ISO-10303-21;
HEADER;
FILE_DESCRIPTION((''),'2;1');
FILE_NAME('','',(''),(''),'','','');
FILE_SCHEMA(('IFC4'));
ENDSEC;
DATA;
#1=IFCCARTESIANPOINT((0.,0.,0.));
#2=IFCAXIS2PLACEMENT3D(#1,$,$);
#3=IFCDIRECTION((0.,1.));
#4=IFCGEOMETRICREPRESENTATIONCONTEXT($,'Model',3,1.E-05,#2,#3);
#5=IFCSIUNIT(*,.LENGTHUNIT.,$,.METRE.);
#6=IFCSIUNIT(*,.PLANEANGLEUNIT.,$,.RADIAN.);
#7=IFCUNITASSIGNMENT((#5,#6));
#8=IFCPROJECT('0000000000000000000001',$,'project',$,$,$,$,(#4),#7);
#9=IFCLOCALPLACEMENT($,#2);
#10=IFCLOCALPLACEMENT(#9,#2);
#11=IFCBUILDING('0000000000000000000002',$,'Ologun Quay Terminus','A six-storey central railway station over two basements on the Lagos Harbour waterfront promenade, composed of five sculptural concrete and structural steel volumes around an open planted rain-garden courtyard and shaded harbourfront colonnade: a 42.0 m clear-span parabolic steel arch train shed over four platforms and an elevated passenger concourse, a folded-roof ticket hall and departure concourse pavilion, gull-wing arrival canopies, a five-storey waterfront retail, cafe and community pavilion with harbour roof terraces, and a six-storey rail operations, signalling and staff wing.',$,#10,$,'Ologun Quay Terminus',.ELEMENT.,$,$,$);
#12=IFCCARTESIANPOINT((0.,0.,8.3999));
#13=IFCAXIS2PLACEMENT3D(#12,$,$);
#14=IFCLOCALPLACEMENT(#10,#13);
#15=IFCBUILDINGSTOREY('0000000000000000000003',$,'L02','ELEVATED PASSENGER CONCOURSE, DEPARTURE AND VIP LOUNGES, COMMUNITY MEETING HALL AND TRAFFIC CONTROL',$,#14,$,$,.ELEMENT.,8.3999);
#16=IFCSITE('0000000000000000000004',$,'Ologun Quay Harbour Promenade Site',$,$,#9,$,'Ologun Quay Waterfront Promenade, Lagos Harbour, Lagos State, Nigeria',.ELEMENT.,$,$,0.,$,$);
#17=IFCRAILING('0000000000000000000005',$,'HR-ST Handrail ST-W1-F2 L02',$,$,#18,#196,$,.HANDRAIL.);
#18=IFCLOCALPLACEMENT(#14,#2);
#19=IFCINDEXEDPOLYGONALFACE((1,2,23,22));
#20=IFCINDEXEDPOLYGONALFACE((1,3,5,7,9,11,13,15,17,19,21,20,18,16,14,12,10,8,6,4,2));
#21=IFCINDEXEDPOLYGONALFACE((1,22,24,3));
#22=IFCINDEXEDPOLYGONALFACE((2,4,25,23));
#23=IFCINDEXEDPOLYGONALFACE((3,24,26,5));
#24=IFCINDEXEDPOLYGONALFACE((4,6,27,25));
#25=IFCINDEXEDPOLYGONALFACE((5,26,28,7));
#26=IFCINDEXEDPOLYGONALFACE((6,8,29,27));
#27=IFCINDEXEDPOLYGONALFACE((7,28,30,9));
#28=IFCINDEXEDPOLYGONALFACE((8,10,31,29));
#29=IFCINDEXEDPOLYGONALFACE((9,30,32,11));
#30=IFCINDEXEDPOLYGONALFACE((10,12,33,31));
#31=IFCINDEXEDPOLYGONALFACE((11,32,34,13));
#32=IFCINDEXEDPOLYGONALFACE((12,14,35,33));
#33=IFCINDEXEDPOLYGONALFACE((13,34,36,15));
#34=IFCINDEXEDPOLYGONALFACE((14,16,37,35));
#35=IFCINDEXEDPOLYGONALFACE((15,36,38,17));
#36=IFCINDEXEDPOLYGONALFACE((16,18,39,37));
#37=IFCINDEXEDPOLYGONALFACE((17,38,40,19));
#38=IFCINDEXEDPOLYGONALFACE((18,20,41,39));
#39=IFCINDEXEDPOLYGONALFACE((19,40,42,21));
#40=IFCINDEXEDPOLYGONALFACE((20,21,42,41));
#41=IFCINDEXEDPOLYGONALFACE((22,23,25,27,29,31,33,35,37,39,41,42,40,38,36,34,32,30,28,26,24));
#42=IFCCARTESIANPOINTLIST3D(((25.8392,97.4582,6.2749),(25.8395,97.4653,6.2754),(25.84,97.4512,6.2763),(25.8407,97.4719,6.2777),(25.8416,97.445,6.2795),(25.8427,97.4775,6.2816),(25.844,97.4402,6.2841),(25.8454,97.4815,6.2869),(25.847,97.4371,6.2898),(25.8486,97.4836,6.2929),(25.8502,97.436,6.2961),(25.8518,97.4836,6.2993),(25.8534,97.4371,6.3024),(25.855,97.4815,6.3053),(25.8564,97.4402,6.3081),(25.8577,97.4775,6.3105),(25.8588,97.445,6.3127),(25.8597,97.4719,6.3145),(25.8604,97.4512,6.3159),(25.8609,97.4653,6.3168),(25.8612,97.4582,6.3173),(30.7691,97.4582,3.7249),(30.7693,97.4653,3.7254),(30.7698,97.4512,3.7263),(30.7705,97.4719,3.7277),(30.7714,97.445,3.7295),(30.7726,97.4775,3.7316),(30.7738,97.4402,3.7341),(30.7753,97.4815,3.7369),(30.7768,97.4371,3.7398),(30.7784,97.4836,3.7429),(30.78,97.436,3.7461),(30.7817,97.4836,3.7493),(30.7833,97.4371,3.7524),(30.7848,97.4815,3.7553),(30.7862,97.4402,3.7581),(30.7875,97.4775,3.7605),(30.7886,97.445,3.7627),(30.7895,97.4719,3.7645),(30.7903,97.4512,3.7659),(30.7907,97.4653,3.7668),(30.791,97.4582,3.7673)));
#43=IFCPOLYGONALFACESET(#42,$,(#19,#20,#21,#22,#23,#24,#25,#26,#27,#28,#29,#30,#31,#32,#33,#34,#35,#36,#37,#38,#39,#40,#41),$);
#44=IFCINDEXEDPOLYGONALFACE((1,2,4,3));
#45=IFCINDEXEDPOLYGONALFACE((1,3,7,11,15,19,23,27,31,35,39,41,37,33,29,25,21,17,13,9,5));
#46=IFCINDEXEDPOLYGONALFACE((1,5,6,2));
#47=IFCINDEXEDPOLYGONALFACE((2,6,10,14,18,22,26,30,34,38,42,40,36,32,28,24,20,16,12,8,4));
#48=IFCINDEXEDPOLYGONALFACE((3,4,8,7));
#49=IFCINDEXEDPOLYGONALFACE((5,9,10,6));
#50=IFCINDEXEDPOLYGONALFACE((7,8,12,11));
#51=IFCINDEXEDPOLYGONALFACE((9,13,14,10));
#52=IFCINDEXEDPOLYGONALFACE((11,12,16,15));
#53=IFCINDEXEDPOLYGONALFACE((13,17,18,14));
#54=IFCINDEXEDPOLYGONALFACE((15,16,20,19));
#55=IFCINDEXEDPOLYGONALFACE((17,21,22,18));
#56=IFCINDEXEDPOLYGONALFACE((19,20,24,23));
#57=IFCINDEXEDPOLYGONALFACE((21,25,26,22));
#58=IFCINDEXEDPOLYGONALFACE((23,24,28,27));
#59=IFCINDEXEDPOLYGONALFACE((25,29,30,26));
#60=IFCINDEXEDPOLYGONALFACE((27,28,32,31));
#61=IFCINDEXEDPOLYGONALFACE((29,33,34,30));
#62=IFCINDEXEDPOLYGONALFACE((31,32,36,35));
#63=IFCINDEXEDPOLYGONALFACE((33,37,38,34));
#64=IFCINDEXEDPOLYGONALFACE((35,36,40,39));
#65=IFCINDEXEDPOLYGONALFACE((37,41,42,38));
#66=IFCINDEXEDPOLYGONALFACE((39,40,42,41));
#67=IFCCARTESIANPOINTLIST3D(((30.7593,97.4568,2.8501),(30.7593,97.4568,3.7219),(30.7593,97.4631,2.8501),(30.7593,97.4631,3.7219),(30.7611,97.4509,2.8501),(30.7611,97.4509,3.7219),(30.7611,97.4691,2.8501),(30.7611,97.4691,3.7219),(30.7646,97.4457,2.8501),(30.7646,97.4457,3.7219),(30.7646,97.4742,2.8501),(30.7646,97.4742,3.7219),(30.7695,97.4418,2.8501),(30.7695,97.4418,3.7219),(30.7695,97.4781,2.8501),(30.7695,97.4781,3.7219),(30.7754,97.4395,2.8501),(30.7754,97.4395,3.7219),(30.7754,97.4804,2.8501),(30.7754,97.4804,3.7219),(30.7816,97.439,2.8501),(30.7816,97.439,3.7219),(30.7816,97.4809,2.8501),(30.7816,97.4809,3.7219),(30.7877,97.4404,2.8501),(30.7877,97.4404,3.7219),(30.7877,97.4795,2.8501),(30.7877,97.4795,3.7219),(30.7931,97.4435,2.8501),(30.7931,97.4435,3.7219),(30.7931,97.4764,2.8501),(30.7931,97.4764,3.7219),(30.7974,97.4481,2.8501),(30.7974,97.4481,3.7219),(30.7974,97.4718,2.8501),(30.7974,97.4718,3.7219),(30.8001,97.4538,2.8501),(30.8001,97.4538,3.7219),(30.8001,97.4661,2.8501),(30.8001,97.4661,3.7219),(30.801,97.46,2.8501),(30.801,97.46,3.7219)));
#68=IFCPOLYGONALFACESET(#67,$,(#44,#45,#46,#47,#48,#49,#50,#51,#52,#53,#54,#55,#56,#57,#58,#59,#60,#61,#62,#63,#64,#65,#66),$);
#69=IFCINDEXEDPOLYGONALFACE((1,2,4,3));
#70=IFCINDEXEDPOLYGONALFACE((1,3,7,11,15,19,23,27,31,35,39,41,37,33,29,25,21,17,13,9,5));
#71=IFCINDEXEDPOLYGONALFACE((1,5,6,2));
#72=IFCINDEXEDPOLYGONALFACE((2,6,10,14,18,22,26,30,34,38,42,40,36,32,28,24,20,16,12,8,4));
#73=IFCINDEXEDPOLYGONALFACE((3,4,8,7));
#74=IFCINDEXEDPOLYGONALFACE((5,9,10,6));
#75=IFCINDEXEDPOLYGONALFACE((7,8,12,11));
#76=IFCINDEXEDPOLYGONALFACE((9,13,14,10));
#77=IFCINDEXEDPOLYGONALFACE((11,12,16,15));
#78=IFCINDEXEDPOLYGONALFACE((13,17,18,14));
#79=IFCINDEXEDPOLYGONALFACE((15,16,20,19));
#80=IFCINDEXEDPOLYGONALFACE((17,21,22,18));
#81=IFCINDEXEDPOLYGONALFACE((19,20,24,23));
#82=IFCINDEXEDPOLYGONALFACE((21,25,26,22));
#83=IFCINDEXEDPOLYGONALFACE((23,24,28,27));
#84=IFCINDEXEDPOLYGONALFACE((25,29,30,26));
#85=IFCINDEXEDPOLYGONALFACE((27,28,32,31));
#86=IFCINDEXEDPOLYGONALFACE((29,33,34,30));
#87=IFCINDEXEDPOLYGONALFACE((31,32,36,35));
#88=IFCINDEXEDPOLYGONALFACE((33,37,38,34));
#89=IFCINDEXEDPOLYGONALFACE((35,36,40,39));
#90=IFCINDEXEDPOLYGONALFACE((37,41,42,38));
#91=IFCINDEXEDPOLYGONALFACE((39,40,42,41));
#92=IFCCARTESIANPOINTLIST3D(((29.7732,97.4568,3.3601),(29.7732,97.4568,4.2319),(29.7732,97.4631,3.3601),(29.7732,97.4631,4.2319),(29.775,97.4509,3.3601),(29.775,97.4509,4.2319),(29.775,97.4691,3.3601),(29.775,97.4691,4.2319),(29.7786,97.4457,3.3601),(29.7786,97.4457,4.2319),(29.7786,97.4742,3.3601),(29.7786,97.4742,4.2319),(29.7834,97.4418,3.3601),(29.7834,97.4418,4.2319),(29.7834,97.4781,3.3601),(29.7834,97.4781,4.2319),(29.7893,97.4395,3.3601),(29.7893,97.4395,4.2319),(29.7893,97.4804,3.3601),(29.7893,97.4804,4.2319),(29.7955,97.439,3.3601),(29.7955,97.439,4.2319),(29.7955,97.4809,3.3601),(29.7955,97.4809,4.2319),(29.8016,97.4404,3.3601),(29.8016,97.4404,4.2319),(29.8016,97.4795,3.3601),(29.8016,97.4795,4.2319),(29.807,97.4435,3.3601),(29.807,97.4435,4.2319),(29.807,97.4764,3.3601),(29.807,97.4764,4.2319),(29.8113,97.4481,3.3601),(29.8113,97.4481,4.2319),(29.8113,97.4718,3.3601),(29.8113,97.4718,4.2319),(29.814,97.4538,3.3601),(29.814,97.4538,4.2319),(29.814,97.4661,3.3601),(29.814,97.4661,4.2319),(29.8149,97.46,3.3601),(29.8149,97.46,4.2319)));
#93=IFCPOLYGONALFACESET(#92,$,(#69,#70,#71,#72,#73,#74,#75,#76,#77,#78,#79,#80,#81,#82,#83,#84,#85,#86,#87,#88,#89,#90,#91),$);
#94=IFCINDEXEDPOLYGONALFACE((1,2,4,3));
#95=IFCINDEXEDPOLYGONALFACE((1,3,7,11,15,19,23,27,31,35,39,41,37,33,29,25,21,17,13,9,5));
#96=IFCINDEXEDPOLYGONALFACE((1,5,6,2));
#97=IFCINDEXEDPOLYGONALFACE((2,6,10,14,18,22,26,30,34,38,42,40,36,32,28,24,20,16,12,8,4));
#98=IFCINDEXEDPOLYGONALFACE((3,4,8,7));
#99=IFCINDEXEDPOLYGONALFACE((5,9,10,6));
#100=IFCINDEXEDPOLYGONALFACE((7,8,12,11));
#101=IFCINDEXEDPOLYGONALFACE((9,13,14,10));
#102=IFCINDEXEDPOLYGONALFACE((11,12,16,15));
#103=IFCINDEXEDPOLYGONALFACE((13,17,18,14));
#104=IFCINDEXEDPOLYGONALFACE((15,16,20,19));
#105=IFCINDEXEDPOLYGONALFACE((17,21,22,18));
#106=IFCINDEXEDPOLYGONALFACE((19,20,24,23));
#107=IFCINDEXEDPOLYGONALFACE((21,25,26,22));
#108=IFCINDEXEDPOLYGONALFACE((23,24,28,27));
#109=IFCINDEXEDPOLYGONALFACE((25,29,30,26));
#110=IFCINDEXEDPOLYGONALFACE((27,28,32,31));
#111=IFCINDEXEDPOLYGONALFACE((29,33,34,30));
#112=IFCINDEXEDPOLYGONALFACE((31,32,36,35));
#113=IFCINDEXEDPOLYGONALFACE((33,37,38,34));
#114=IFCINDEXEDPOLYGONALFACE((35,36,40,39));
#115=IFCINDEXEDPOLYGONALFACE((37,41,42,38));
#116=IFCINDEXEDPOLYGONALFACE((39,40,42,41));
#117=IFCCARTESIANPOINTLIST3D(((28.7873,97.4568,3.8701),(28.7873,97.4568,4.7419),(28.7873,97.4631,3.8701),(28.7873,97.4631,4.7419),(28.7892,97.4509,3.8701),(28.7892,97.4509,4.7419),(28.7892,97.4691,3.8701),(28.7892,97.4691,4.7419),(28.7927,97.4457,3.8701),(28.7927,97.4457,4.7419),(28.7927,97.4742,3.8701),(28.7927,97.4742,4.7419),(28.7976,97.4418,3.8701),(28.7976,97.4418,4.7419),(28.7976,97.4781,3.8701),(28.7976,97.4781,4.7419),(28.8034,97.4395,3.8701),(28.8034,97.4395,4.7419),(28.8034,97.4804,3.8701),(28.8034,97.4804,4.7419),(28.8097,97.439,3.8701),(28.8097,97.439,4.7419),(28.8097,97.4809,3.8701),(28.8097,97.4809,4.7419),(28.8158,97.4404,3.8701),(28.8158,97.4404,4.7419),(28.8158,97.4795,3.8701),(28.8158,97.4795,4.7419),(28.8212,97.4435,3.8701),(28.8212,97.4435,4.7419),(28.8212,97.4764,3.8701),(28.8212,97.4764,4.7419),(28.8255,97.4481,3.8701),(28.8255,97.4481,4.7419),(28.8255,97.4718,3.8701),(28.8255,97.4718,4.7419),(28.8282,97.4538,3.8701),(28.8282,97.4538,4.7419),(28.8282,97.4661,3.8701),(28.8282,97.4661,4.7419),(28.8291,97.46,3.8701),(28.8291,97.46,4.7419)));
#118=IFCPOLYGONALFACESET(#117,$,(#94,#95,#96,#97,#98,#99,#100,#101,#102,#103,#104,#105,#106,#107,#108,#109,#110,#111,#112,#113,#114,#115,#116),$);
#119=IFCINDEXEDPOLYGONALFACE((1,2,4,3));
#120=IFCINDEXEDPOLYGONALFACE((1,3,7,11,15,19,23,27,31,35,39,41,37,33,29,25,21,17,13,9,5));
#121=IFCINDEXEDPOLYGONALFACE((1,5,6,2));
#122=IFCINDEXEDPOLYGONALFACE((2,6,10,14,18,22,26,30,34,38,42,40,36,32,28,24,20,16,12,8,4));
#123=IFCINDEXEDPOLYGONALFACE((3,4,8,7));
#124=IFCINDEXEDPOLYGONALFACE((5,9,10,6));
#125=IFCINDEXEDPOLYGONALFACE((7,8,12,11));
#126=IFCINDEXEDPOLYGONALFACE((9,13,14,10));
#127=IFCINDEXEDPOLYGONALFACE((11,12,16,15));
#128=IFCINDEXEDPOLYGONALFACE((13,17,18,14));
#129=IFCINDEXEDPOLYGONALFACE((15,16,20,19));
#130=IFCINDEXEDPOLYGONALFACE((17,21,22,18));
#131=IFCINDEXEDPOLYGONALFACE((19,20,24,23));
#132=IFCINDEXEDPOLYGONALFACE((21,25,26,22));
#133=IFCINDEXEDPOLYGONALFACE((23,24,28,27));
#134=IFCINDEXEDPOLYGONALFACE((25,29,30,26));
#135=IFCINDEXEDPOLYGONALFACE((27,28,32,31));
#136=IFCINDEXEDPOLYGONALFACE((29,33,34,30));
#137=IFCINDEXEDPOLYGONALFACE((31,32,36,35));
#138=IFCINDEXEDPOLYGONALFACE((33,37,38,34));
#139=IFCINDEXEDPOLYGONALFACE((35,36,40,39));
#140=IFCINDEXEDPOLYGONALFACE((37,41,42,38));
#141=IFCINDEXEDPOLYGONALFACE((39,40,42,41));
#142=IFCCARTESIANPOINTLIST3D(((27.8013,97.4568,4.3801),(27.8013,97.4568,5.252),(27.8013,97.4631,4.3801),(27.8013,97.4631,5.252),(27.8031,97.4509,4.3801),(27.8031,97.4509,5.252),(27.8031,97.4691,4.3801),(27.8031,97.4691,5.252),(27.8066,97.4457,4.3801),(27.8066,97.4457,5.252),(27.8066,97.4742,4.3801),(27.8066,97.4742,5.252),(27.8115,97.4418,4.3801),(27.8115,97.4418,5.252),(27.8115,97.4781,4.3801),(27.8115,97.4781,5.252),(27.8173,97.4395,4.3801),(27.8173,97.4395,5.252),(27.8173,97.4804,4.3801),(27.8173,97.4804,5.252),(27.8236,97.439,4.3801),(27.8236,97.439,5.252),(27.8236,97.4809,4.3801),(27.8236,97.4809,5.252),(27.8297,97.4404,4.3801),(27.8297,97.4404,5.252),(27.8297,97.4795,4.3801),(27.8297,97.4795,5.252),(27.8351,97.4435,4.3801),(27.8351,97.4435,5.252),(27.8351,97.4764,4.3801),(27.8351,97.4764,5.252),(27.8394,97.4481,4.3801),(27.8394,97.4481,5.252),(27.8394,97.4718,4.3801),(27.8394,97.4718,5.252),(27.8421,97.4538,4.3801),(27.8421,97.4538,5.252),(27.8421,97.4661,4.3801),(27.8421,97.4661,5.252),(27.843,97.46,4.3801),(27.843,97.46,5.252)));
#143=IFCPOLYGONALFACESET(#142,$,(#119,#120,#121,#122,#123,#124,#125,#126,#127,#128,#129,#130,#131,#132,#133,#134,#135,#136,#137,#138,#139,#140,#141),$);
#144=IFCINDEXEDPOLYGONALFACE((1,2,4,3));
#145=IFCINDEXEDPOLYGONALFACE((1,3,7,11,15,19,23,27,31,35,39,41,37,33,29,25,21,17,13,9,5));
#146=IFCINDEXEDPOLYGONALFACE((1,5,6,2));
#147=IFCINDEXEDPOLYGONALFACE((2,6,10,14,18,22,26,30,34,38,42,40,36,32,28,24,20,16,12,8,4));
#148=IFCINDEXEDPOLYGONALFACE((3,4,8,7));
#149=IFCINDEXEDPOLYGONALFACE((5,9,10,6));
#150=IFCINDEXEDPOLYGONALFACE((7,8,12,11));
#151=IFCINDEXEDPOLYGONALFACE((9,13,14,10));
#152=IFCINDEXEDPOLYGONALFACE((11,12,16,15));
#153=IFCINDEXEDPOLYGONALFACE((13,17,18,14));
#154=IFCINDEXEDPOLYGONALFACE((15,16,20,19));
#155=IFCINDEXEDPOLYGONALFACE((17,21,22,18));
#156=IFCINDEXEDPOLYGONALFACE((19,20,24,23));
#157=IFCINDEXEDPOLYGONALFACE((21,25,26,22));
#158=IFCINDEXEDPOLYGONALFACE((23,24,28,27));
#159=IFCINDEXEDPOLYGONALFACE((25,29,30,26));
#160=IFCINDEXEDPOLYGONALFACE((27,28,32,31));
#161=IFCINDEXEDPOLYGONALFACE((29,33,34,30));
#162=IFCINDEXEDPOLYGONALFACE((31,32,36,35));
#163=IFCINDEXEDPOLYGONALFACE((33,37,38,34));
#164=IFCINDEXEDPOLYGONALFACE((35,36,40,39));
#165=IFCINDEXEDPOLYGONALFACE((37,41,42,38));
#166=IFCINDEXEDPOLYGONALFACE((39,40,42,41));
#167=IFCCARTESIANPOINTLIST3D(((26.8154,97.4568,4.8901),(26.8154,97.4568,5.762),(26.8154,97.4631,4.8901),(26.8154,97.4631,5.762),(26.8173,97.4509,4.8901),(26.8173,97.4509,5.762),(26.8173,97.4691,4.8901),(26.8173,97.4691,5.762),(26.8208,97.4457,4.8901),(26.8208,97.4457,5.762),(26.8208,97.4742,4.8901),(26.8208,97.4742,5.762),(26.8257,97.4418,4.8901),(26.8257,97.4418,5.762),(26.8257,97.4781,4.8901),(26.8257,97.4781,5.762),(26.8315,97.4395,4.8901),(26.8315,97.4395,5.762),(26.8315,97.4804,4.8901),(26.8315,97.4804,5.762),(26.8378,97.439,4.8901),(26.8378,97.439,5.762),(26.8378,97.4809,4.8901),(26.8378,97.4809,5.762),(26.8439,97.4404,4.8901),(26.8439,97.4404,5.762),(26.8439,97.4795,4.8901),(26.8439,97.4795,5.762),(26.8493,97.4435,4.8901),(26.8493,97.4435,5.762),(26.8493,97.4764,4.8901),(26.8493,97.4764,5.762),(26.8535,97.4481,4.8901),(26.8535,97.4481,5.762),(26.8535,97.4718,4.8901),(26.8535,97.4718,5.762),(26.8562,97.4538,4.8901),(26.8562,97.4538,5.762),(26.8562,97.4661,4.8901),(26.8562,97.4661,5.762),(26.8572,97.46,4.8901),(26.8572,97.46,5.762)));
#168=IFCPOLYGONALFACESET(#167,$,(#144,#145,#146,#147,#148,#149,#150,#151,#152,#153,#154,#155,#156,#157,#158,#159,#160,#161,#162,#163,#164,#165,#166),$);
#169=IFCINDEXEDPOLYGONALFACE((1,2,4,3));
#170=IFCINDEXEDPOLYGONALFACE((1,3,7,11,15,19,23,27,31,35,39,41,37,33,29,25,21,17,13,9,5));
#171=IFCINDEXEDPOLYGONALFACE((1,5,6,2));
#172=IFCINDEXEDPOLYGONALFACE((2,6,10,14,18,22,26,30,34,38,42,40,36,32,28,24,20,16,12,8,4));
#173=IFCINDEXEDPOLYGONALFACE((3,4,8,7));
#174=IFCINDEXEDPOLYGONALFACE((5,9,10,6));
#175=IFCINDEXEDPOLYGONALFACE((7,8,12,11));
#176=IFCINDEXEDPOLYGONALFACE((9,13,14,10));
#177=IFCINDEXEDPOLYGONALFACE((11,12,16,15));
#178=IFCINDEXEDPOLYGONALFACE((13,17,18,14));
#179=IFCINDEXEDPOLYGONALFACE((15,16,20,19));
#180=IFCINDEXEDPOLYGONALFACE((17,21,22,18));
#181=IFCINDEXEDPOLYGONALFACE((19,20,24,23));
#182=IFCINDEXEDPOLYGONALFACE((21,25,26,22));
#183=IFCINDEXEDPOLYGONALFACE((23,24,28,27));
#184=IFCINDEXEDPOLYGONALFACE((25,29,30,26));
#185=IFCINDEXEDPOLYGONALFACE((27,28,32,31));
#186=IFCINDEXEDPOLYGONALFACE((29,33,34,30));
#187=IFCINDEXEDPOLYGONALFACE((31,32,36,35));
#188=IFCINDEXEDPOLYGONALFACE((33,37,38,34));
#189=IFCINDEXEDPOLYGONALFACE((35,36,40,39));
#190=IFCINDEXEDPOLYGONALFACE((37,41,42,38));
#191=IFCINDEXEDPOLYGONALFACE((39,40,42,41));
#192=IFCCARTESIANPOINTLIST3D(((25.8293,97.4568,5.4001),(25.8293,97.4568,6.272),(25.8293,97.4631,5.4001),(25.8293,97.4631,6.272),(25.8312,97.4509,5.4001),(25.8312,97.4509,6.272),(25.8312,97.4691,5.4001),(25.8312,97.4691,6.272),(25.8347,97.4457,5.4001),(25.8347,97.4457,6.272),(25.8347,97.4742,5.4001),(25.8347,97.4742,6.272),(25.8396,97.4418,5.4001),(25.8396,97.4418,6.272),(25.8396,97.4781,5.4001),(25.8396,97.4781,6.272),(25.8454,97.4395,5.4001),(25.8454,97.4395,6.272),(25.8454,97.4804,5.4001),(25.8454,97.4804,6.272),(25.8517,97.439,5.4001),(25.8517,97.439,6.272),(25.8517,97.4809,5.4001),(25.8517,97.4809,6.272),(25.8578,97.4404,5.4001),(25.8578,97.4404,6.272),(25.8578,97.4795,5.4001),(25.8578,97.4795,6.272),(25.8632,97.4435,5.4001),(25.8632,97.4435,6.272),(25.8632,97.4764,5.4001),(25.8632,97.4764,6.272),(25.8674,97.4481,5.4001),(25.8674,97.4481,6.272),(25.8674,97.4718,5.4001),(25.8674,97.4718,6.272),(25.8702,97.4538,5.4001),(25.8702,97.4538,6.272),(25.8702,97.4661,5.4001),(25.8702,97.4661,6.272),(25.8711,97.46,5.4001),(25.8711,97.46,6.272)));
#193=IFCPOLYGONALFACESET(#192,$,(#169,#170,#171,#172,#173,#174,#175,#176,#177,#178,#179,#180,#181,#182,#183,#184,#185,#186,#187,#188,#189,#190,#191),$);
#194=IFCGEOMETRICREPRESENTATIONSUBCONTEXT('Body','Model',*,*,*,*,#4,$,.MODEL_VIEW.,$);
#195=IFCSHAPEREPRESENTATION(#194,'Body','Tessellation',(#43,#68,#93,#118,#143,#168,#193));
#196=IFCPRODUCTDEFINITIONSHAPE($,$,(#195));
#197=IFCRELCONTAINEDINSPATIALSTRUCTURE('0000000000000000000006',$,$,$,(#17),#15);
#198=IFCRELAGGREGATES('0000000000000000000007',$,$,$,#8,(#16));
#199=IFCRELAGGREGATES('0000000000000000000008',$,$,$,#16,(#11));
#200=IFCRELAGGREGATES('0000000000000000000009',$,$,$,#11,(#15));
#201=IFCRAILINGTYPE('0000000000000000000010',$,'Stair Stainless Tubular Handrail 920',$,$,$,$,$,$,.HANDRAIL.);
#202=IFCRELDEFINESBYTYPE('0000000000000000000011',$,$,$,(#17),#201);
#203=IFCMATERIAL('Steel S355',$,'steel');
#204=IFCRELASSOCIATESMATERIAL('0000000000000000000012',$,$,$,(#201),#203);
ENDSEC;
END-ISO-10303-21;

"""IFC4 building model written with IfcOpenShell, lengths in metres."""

from ifc_helpers import new_model, si_unit, direction, frame, origin, origin_2d, place, context, subcontext, project, spatial, circle, extrude, material, type_object, element, save


model = new_model("IFC4")

# Units and contexts
model_context = context("Model", 3, precision=1e-05, world=origin(), true_north=direction((0.0, 1.0)))
body_context = subcontext(model_context, "Body", "Model", "MODEL_VIEW")
ifc_project = project(units=[si_unit("LENGTHUNIT", "METRE"), si_unit("PLANEANGLEUNIT", "RADIAN")], contexts=[model_context])

# Site, building, storey
site_placement = place(None, origin())
site = spatial("IfcSite", under=ifc_project, at=site_placement, Name="Ologun Quay Harbour Promenade Site", LongName="Ologun Quay Waterfront Promenade, Lagos Harbour, Lagos State, Nigeria", CompositionType="ELEMENT", RefElevation=0.0)
building_placement = place(site_placement, origin())
building = spatial("IfcBuilding", under=site, at=building_placement, Name="Ologun Quay Terminus", Description="A six-storey central railway station over two basements on the Lagos Harbour waterfront promenade, composed of five sculptural concrete and structural steel volumes around an open planted rain-garden courtyard and shaded harbourfront colonnade: a 42.0 m clear-span parabolic steel arch train shed over four platforms and an elevated passenger concourse, a folded-roof ticket hall and departure concourse pavilion, gull-wing arrival canopies, a five-storey waterfront retail, cafe and community pavilion with harbour roof terraces, and a six-storey rail operations, signalling and staff wing.", LongName="Ologun Quay Terminus", CompositionType="ELEMENT")
storey_placement = place(building_placement, frame((0.0, 0.0, 8.3999)))
storey = spatial("IfcBuildingStorey", under=building, at=storey_placement, Name="L02", Description="ELEVATED PASSENGER CONCOURSE, DEPARTURE AND VIP LOUNGES, COMMUNITY MEETING HALL AND TRAFFIC CONTROL", CompositionType="ELEMENT", Elevation=8.3999)

# Railing
ifc_material_1 = material(Name="Steel S355", Category="steel")
railing_type_1 = type_object("IfcRailingType", Name="Stair Stainless Tubular Handrail 920", PredefinedType="HANDRAIL", material=ifc_material_1)
railing_1_placement = place(storey_placement, frame((30.78, 97.46, 2.8501)))
element("IfcRailing", 1, at=railing_1_placement, inside=storey, type_object=railing_type_1, Name="HR-ST Handrail ST-W1-F2 L02", PredefinedType="HANDRAIL", context=body_context, shape_type="SweptSolid", body=[
    extrude(circle(Radius=0.0239, at=origin_2d()), frame((0.0, 0.0, 0.896), z_axis=(-0.888211, 0.0, 0.459435), x_axis=(0.0, -1.0, 0.0)), (0.0, 0.0, 1.0), 5.5503),
    extrude(circle(Radius=0.021, at=origin_2d()), origin(), (0.0, 0.0, 1.0), 0.8718),
    extrude(circle(Radius=0.021, at=origin_2d()), frame((-0.9861, 0.0, 0.51)), (0.0, 0.0, 1.0), 0.8718),
    extrude(circle(Radius=0.021, at=origin_2d()), frame((-1.9719, 0.0, 1.02)), (0.0, 0.0, 1.0), 0.8718),
    extrude(circle(Radius=0.021, at=origin_2d()), frame((-2.958, 0.0, 1.53)), (0.0, 0.0, 1.0), 0.8718),
    extrude(circle(Radius=0.021, at=origin_2d()), frame((-3.9438, 0.0, 2.04)), (0.0, 0.0, 1.0), 0.8718),
    extrude(circle(Radius=0.021, at=origin_2d()), frame((-4.9299, 0.0, 2.55)), (0.0, 0.0, 1.0), 0.8718),
])

save(model, "model.ifc")
